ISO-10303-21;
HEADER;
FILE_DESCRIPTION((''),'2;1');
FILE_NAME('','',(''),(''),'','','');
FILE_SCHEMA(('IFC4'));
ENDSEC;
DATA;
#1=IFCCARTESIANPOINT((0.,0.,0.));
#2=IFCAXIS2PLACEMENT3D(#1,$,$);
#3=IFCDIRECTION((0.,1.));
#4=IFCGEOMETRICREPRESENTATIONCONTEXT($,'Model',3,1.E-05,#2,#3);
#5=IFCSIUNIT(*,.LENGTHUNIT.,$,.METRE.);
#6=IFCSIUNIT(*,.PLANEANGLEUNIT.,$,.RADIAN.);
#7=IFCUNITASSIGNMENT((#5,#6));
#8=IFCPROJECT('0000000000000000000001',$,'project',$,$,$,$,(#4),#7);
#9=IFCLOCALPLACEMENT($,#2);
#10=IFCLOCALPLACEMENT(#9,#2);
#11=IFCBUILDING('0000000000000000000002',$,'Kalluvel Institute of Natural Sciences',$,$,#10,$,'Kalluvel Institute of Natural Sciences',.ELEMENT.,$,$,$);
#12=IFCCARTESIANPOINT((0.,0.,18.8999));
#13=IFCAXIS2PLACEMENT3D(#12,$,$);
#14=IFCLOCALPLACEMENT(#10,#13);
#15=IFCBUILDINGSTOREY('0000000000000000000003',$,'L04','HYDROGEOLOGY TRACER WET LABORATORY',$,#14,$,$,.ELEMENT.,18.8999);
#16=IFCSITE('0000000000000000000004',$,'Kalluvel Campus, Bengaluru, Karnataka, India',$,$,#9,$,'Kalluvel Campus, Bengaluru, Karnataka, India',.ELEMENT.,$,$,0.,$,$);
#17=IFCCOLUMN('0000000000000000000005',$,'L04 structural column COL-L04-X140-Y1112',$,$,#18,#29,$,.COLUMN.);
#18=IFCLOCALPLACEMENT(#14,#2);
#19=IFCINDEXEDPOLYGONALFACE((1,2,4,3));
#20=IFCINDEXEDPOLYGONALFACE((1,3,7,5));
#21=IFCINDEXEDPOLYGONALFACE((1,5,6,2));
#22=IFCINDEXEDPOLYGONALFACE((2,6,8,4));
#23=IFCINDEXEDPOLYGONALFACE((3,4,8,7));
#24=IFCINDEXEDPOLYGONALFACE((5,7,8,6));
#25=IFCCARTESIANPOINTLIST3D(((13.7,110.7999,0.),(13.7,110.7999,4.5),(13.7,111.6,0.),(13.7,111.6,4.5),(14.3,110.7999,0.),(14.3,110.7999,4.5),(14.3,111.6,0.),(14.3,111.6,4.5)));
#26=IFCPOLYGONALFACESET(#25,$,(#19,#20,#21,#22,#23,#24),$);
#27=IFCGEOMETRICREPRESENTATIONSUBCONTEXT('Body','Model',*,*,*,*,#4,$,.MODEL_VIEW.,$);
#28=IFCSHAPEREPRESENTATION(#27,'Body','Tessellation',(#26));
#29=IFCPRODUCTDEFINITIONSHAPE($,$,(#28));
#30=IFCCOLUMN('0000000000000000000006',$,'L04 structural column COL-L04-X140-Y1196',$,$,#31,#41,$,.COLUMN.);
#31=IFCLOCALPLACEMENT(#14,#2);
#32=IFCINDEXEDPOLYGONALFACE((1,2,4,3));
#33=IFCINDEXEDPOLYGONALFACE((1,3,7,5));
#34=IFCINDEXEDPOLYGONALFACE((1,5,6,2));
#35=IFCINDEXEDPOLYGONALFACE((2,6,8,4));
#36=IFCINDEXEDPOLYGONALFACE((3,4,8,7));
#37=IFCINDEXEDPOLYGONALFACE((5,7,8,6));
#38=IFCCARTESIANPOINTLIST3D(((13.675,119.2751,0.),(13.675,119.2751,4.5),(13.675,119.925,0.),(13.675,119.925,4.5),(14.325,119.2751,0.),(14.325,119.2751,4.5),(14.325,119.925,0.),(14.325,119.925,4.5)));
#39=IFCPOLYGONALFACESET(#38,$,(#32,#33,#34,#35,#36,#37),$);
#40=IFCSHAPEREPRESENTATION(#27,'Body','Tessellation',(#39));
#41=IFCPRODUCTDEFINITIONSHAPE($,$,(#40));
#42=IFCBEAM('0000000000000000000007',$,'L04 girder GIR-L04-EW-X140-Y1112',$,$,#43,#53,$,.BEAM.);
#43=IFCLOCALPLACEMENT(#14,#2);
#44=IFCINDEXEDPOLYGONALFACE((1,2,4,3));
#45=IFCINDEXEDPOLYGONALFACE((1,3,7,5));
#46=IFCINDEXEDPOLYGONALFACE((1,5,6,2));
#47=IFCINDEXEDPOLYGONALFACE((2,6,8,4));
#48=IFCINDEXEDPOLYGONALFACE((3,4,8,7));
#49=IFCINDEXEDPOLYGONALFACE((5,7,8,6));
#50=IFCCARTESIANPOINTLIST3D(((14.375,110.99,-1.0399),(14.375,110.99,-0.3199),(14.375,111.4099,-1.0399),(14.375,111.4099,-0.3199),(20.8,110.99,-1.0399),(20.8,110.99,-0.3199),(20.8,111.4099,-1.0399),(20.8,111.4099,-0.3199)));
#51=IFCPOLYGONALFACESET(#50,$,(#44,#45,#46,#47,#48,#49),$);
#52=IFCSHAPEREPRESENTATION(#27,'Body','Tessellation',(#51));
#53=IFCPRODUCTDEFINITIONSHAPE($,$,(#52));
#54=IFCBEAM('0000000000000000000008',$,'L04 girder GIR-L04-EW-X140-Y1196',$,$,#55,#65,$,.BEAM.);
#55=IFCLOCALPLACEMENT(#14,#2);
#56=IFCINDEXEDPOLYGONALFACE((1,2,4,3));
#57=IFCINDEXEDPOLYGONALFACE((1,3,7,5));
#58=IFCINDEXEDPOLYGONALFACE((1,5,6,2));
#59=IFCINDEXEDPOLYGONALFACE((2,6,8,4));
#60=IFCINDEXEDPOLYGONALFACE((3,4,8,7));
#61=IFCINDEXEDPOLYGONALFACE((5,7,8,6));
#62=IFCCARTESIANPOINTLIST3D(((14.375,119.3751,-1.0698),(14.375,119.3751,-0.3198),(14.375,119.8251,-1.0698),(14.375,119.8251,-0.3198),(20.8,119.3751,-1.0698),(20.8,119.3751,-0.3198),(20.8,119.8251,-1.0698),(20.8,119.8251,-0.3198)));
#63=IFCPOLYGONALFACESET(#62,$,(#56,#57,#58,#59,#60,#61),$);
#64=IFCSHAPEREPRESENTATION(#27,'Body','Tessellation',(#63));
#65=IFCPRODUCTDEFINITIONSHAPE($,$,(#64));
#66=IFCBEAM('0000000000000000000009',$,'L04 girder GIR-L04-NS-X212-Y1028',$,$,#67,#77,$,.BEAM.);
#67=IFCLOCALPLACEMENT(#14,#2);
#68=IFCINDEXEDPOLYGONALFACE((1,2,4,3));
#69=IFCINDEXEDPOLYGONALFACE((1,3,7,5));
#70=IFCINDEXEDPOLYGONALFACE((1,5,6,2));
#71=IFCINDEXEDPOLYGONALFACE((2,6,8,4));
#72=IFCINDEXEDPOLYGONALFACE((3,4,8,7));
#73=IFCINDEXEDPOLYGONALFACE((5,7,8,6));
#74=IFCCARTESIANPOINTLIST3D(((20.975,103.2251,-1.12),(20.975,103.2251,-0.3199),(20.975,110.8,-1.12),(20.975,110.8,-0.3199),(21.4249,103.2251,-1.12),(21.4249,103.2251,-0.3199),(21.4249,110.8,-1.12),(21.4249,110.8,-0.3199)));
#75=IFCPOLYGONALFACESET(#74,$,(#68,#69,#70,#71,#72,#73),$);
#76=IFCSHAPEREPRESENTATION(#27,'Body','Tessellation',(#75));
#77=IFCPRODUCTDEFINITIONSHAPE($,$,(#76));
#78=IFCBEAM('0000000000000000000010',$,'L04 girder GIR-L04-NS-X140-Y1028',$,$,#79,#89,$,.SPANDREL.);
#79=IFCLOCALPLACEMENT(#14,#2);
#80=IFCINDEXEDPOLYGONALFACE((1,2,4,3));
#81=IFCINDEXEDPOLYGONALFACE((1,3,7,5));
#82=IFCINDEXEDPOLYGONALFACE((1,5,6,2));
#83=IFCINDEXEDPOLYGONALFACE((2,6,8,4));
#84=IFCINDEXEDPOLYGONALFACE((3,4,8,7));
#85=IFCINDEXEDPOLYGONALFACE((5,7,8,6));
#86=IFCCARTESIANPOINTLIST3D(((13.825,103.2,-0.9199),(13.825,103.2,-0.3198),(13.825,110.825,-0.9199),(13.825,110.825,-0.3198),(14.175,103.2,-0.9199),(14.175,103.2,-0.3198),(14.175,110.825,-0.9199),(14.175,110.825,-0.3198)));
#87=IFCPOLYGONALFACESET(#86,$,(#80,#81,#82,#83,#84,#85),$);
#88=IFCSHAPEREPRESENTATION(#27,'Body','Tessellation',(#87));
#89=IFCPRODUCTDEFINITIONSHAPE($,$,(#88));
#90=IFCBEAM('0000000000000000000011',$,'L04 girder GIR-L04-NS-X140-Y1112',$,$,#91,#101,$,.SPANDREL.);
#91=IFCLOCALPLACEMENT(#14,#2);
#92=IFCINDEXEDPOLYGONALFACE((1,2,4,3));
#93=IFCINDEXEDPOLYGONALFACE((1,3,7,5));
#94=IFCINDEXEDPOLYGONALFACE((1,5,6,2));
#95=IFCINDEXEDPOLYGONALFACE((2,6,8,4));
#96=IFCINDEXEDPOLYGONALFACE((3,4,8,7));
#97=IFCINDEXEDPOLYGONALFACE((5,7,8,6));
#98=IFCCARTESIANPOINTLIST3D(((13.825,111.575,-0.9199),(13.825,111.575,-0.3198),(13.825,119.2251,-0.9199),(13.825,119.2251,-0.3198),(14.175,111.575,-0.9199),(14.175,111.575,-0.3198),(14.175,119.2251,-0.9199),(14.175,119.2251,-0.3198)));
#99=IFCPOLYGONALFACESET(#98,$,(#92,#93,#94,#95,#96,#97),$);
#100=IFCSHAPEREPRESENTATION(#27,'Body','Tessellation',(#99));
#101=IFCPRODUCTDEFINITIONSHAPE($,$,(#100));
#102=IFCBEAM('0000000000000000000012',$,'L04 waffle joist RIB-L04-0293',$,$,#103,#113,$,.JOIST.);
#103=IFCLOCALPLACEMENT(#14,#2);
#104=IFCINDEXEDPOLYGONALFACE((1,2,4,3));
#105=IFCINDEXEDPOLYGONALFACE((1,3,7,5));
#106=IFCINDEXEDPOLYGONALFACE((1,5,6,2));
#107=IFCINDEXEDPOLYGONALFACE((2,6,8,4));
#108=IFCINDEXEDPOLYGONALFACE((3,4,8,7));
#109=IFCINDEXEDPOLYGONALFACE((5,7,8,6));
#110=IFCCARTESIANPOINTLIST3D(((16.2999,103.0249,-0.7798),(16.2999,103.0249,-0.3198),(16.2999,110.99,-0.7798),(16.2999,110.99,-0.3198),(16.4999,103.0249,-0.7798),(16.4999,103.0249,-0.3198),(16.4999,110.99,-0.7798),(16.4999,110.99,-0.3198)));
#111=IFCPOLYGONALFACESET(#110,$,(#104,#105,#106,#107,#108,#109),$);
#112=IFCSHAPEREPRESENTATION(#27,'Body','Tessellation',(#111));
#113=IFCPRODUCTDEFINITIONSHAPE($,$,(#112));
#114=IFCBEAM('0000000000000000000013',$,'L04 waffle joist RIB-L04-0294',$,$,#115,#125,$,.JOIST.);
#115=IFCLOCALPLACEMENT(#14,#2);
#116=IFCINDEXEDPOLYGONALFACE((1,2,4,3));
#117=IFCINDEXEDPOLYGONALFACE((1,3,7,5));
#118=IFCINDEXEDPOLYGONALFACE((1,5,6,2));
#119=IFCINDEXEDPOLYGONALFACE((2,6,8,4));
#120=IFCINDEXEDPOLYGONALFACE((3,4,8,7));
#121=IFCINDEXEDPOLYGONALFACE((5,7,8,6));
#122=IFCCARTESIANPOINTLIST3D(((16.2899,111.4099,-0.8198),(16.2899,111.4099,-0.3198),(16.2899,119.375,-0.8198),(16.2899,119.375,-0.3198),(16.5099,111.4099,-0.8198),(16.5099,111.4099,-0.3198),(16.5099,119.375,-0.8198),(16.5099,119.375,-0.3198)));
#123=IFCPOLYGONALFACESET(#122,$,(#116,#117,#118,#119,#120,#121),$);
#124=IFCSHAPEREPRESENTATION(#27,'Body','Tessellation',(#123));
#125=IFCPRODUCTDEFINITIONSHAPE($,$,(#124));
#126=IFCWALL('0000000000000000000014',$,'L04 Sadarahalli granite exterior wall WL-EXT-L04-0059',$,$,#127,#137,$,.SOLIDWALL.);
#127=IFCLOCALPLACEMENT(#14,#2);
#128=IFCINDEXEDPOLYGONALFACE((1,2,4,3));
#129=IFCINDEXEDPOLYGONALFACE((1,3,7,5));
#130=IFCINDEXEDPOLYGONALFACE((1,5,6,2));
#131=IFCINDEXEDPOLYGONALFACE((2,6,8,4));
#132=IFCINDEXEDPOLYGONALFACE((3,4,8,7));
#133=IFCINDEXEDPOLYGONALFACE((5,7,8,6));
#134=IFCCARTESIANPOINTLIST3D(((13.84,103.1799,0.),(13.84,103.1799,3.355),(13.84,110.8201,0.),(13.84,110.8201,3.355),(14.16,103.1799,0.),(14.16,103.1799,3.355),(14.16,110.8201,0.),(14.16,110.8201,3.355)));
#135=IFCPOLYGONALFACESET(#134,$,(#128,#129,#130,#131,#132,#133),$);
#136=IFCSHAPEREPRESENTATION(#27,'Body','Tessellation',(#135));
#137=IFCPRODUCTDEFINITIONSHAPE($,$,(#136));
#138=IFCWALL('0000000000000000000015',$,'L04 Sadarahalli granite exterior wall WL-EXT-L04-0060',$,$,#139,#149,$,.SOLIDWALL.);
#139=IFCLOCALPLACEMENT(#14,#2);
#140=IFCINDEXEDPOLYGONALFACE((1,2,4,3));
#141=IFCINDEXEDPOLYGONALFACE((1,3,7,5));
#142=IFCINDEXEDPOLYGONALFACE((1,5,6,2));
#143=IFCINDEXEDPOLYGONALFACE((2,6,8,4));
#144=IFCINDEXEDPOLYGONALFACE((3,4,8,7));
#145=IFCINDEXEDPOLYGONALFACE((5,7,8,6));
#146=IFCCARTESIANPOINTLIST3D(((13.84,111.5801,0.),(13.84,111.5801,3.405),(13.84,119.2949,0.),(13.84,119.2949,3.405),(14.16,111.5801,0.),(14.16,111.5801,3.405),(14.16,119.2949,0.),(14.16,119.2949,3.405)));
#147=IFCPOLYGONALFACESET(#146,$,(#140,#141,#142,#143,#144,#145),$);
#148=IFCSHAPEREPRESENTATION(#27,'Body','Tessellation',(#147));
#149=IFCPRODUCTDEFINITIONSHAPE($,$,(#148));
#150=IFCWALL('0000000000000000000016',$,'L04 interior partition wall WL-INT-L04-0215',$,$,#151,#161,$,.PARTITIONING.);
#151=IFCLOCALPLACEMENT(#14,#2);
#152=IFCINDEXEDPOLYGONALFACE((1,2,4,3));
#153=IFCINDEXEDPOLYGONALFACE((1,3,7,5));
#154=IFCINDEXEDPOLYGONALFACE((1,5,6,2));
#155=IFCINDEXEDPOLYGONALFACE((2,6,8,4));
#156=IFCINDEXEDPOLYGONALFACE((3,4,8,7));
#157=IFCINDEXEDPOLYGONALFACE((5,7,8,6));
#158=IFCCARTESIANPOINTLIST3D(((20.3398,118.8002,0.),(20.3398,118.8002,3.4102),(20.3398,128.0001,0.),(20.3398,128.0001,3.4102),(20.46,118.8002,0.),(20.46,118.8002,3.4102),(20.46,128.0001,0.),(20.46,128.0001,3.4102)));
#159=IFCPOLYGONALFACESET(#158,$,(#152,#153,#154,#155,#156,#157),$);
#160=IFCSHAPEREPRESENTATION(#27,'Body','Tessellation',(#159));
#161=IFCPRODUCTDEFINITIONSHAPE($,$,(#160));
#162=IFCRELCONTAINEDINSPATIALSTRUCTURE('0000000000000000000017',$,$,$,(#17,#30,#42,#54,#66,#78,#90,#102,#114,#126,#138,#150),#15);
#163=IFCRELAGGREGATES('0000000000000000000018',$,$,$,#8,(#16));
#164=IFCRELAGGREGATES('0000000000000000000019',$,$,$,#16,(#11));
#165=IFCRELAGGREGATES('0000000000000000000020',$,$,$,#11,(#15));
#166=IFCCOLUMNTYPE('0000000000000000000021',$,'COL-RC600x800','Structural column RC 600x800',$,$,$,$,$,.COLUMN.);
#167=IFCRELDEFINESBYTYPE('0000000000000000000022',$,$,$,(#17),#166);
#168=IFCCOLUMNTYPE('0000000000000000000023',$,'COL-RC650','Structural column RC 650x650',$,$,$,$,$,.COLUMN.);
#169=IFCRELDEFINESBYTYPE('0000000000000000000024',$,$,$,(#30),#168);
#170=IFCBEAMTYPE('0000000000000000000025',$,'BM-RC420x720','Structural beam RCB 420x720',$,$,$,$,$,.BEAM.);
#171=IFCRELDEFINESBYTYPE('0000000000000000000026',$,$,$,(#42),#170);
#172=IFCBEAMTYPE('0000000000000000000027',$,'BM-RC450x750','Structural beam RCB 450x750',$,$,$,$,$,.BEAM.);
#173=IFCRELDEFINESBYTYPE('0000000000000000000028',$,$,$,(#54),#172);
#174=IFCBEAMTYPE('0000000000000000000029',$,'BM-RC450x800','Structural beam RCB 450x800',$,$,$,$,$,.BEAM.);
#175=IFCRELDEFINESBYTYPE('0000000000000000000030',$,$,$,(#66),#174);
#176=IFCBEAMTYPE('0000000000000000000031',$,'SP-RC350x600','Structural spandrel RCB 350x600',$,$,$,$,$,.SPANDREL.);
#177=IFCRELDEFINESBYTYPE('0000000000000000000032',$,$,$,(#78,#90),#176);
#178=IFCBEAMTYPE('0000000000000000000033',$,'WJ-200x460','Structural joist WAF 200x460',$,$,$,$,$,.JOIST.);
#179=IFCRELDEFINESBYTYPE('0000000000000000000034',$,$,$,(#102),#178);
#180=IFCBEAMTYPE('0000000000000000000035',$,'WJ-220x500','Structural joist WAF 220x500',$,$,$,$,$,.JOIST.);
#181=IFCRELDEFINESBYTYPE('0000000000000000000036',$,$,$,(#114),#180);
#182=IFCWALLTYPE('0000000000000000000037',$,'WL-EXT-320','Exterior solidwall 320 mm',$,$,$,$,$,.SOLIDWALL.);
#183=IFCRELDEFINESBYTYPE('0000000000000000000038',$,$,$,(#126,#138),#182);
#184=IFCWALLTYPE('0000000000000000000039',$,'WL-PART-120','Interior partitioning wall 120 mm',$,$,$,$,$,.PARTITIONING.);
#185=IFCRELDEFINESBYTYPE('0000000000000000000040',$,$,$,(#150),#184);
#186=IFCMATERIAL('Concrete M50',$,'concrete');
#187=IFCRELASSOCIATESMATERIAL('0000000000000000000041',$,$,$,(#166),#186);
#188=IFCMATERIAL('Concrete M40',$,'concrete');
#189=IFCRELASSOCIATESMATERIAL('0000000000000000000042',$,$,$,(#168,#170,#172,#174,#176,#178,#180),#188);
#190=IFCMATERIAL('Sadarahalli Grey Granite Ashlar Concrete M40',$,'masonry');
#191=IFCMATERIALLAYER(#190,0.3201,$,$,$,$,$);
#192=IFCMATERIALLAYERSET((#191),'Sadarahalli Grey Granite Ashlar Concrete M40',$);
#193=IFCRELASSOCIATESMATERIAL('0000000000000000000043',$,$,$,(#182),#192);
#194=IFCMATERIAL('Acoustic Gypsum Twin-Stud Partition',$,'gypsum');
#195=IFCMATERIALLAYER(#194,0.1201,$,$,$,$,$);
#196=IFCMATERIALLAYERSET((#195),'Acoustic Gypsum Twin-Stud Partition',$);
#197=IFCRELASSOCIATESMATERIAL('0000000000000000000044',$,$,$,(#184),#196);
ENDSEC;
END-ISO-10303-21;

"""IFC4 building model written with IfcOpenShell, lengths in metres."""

from ifc_helpers import new_model, si_unit, direction, frame, frame_2d, origin, origin_2d, place, context, subcontext, project, spatial, rectangle, extrude, material, layer, layer_set, material_profile, profile_set, type_object, element, save


model = new_model("IFC4")

# Units and contexts
model_context = context("Model", 3, precision=1e-05, world=origin(), true_north=direction((0.0, 1.0)))
body_context = subcontext(model_context, "Body", "Model", "MODEL_VIEW")
ifc_project = project(units=[si_unit("LENGTHUNIT", "METRE"), si_unit("PLANEANGLEUNIT", "RADIAN")], contexts=[model_context])

# Site, building, storey
site_placement = place(None, origin())
site = spatial("IfcSite", under=ifc_project, at=site_placement, Name="Kalluvel Campus, Bengaluru, Karnataka, India", LongName="Kalluvel Campus, Bengaluru, Karnataka, India", CompositionType="ELEMENT", RefElevation=0.0)
building_placement = place(site_placement, origin())
building = spatial("IfcBuilding", under=site, at=building_placement, Name="Kalluvel Institute of Natural Sciences", LongName="Kalluvel Institute of Natural Sciences", CompositionType="ELEMENT")
storey_placement = place(building_placement, frame((0.0, 0.0, 18.8999)))
storey = spatial("IfcBuildingStorey", under=building, at=storey_placement, Name="L04", Description="HYDROGEOLOGY TRACER WET LABORATORY", CompositionType="ELEMENT", Elevation=18.8999)

# Columns
ifc_material_1 = material(Name="Concrete M50", Category="concrete")
ifc_material_profile_1 = material_profile(ifc_material_1, rectangle(XDim=0.6001, YDim=0.8, at=origin_2d()), Name="RC 600x800")
ifc_profile_set_1 = profile_set([ifc_material_profile_1], Name="Concrete M50")
column_type_1 = type_object("IfcColumnType", Name="COL-RC600x800", Description="Structural column RC 600x800", PredefinedType="COLUMN", material=ifc_profile_set_1)
column_1_placement = place(storey_placement, frame((14.0, 111.2, 0.0), z_axis=(0.0, 0.0, 1.0), x_axis=(1.0, 0.0, 0.0)))
element("IfcColumn", 1, at=column_1_placement, inside=storey, type_object=column_type_1, Name="L04 structural column COL-L04-X140-Y1112", PredefinedType="COLUMN", context=body_context, shape_type="SweptSolid", body=[
    extrude(rectangle(XDim=0.6001, YDim=0.8, at=origin_2d()), origin(), (0.0, 0.0, 1.0), 4.5),
])
ifc_material_2 = material(Name="Concrete M40", Category="concrete")
ifc_material_profile_2 = material_profile(ifc_material_2, rectangle(XDim=0.6499, YDim=0.6499, at=origin_2d()), Name="RC 650x650")
ifc_profile_set_2 = profile_set([ifc_material_profile_2], Name="Concrete M40")
column_type_2 = type_object("IfcColumnType", Name="COL-RC650", Description="Structural column RC 650x650", PredefinedType="COLUMN", material=ifc_profile_set_2)
column_2_placement = place(storey_placement, frame((14.0, 119.6001, 0.0), z_axis=(0.0, 0.0, 1.0), x_axis=(1.0, 0.0, 0.0)))
element("IfcColumn", 2, at=column_2_placement, inside=storey, type_object=column_type_2, Name="L04 structural column COL-L04-X140-Y1196", PredefinedType="COLUMN", context=body_context, shape_type="SweptSolid", body=[
    extrude(rectangle(XDim=0.6499, YDim=0.6499, at=origin_2d()), origin(), (0.0, 0.0, 1.0), 4.5),
])

# Beams
ifc_material_profile_3 = material_profile(ifc_material_2, rectangle(XDim=0.4199, YDim=0.72, at=origin_2d()), Name="RCB 420x720")
ifc_profile_set_3 = profile_set([ifc_material_profile_3], Name="Concrete M40")
beam_type_1 = type_object("IfcBeamType", Name="BM-RC420x720", Description="Structural beam RCB 420x720", PredefinedType="BEAM", material=ifc_profile_set_3)
beam_1_placement = place(storey_placement, frame((14.375, 111.2, -0.6799), z_axis=(1.0, 0.0, 0.0), x_axis=(0.0, 1.0, 0.0)))
element("IfcBeam", 3, at=beam_1_placement, inside=storey, type_object=beam_type_1, Name="L04 girder GIR-L04-EW-X140-Y1112", PredefinedType="BEAM", context=body_context, shape_type="SweptSolid", body=[
    extrude(rectangle(XDim=0.4199, YDim=0.72, at=origin_2d()), origin(), (0.0, 0.0, 1.0), 6.425),
])
ifc_material_profile_4 = material_profile(ifc_material_2, rectangle(XDim=0.45, YDim=0.75, at=origin_2d()), Name="RCB 450x750")
ifc_profile_set_4 = profile_set([ifc_material_profile_4], Name="Concrete M40")
beam_type_2 = type_object("IfcBeamType", Name="BM-RC450x750", Description="Structural beam RCB 450x750", PredefinedType="BEAM", material=ifc_profile_set_4)
beam_2_placement = place(storey_placement, frame((14.375, 119.6001, -0.6948), z_axis=(1.0, 0.0, 0.0), x_axis=(0.0, 1.0, 0.0)))
element("IfcBeam", 4, at=beam_2_placement, inside=storey, type_object=beam_type_2, Name="L04 girder GIR-L04-EW-X140-Y1196", PredefinedType="BEAM", context=body_context, shape_type="SweptSolid", body=[
    extrude(rectangle(XDim=0.45, YDim=0.75, at=origin_2d()), origin(), (0.0, 0.0, 1.0), 6.425),
])
ifc_material_profile_5 = material_profile(ifc_material_2, rectangle(XDim=0.45, YDim=0.8, at=origin_2d()), Name="RCB 450x800")
ifc_profile_set_5 = profile_set([ifc_material_profile_5], Name="Concrete M40")
beam_type_3 = type_object("IfcBeamType", Name="BM-RC450x800", Description="Structural beam RCB 450x800", PredefinedType="BEAM", material=ifc_profile_set_5)
beam_3_placement = place(storey_placement, frame((21.2, 103.2251, -0.72), z_axis=(0.0, 1.0, 0.0), x_axis=(-1.0, 0.0, 0.0)))
element("IfcBeam", 5, at=beam_3_placement, inside=storey, type_object=beam_type_3, Name="L04 girder GIR-L04-NS-X212-Y1028", PredefinedType="BEAM", context=body_context, shape_type="SweptSolid", body=[
    extrude(rectangle(XDim=0.45, YDim=0.8, at=origin_2d()), origin(), (0.0, 0.0, 1.0), 7.575),
])
ifc_material_profile_6 = material_profile(ifc_material_2, rectangle(XDim=0.3501, YDim=0.6001, at=origin_2d()), Name="RCB 350x600")
ifc_profile_set_6 = profile_set([ifc_material_profile_6], Name="Concrete M40")
beam_type_4 = type_object("IfcBeamType", Name="SP-RC350x600", Description="Structural spandrel RCB 350x600", PredefinedType="SPANDREL", material=ifc_profile_set_6)
beam_4_placement = place(storey_placement, frame((14.0, 103.2, -0.6199), z_axis=(0.0, 1.0, 0.0), x_axis=(-1.0, 0.0, 0.0)))
element("IfcBeam", 6, at=beam_4_placement, inside=storey, type_object=beam_type_4, Name="L04 girder GIR-L04-NS-X140-Y1028", PredefinedType="SPANDREL", context=body_context, shape_type="SweptSolid", body=[
    extrude(rectangle(XDim=0.3501, YDim=0.6001, at=origin_2d()), origin(), (0.0, 0.0, 1.0), 7.625),
])
beam_5_placement = place(storey_placement, frame((14.0, 111.575, -0.6199), z_axis=(0.0, 1.0, 0.0), x_axis=(-1.0, 0.0, 0.0)))
element("IfcBeam", 7, at=beam_5_placement, inside=storey, type_object=beam_type_4, Name="L04 girder GIR-L04-NS-X140-Y1112", PredefinedType="SPANDREL", context=body_context, shape_type="SweptSolid", body=[
    extrude(rectangle(XDim=0.3501, YDim=0.6001, at=origin_2d()), origin(), (0.0, 0.0, 1.0), 7.6501),
])
ifc_material_profile_7 = material_profile(ifc_material_2, rectangle(XDim=0.2, YDim=0.46, at=origin_2d()), Name="WAF 200x460")
ifc_profile_set_7 = profile_set([ifc_material_profile_7], Name="Concrete M40")
beam_type_5 = type_object("IfcBeamType", Name="WJ-200x460", Description="Structural joist WAF 200x460", PredefinedType="JOIST", material=ifc_profile_set_7)
beam_6_placement = place(storey_placement, frame((16.3999, 103.0249, -0.5498), z_axis=(0.0, 1.0, 0.0), x_axis=(-1.0, 0.0, 0.0)))
element("IfcBeam", 8, at=beam_6_placement, inside=storey, type_object=beam_type_5, Name="L04 waffle joist RIB-L04-0293", PredefinedType="JOIST", context=body_context, shape_type="SweptSolid", body=[
    extrude(rectangle(XDim=0.2, YDim=0.46, at=origin_2d()), origin(), (0.0, 0.0, 1.0), 7.9651),
])
ifc_material_profile_8 = material_profile(ifc_material_2, rectangle(XDim=0.22, YDim=0.5, at=origin_2d()), Name="WAF 220x500")
ifc_profile_set_8 = profile_set([ifc_material_profile_8], Name="Concrete M40")
beam_type_6 = type_object("IfcBeamType", Name="WJ-220x500", Description="Structural joist WAF 220x500", PredefinedType="JOIST", material=ifc_profile_set_8)
beam_7_placement = place(storey_placement, frame((16.3999, 111.4099, -0.5698), z_axis=(0.0, 1.0, 0.0), x_axis=(-1.0, 0.0, 0.0)))
element("IfcBeam", 9, at=beam_7_placement, inside=storey, type_object=beam_type_6, Name="L04 waffle joist RIB-L04-0294", PredefinedType="JOIST", context=body_context, shape_type="SweptSolid", body=[
    extrude(rectangle(XDim=0.22, YDim=0.5, at=origin_2d()), origin(), (0.0, 0.0, 1.0), 7.9651),
])

# Walls
ifc_material_3 = material(Name="Sadarahalli Grey Granite Ashlar Concrete M40", Category="masonry")
ifc_layer_1 = layer(ifc_material_3, 0.3201)
ifc_layer_set_1 = layer_set([ifc_layer_1], Name="Sadarahalli Grey Granite Ashlar Concrete M40")
wall_type_1 = type_object("IfcWallType", Name="WL-EXT-320", Description="Exterior solidwall 320 mm", PredefinedType="SOLIDWALL", material=ifc_layer_set_1)
wall_1_placement = place(storey_placement, frame((14.0, 103.1799, 0.0), z_axis=(0.0, 0.0, 1.0), x_axis=(0.0, 1.0, 0.0)))
element("IfcWall", 10, at=wall_1_placement, inside=storey, type_object=wall_type_1, Name="L04 Sadarahalli granite exterior wall WL-EXT-L04-0059", PredefinedType="SOLIDWALL", context=body_context, shape_type="SweptSolid", body=[
    extrude(rectangle(XDim=7.6401, YDim=0.3201, at=frame_2d((3.8201, 0.0))), origin(), (0.0, 0.0, 1.0), 3.355),
])
wall_2_placement = place(storey_placement, frame((14.0, 111.5801, 0.0), z_axis=(0.0, 0.0, 1.0), x_axis=(0.0, 1.0, 0.0)))
element("IfcWall", 11, at=wall_2_placement, inside=storey, type_object=wall_type_1, Name="L04 Sadarahalli granite exterior wall WL-EXT-L04-0060", PredefinedType="SOLIDWALL", context=body_context, shape_type="SweptSolid", body=[
    extrude(rectangle(XDim=7.7148, YDim=0.3201, at=frame_2d((3.8574, 0.0))), origin(), (0.0, 0.0, 1.0), 3.405),
])
ifc_material_4 = material(Name="Acoustic Gypsum Twin-Stud Partition", Category="gypsum")
ifc_layer_2 = layer(ifc_material_4, 0.1201)
ifc_layer_set_2 = layer_set([ifc_layer_2], Name="Acoustic Gypsum Twin-Stud Partition")
wall_type_2 = type_object("IfcWallType", Name="WL-PART-120", Description="Interior partitioning wall 120 mm", PredefinedType="PARTITIONING", material=ifc_layer_set_2)
wall_3_placement = place(storey_placement, frame((20.3999, 118.8, 0.0), z_axis=(0.0, 0.0, 1.0), x_axis=(0.0, 1.0, 0.0)))
element("IfcWall", 12, at=wall_3_placement, inside=storey, type_object=wall_type_2, Name="L04 interior partition wall WL-INT-L04-0215", PredefinedType="PARTITIONING", context=body_context, shape_type="SweptSolid", body=[
    extrude(rectangle(XDim=9.2, YDim=0.1201, at=frame_2d((4.6001, 0.0))), origin(), (0.0, 0.0, 1.0), 3.4102),
])

save(model, "model.ifc")
